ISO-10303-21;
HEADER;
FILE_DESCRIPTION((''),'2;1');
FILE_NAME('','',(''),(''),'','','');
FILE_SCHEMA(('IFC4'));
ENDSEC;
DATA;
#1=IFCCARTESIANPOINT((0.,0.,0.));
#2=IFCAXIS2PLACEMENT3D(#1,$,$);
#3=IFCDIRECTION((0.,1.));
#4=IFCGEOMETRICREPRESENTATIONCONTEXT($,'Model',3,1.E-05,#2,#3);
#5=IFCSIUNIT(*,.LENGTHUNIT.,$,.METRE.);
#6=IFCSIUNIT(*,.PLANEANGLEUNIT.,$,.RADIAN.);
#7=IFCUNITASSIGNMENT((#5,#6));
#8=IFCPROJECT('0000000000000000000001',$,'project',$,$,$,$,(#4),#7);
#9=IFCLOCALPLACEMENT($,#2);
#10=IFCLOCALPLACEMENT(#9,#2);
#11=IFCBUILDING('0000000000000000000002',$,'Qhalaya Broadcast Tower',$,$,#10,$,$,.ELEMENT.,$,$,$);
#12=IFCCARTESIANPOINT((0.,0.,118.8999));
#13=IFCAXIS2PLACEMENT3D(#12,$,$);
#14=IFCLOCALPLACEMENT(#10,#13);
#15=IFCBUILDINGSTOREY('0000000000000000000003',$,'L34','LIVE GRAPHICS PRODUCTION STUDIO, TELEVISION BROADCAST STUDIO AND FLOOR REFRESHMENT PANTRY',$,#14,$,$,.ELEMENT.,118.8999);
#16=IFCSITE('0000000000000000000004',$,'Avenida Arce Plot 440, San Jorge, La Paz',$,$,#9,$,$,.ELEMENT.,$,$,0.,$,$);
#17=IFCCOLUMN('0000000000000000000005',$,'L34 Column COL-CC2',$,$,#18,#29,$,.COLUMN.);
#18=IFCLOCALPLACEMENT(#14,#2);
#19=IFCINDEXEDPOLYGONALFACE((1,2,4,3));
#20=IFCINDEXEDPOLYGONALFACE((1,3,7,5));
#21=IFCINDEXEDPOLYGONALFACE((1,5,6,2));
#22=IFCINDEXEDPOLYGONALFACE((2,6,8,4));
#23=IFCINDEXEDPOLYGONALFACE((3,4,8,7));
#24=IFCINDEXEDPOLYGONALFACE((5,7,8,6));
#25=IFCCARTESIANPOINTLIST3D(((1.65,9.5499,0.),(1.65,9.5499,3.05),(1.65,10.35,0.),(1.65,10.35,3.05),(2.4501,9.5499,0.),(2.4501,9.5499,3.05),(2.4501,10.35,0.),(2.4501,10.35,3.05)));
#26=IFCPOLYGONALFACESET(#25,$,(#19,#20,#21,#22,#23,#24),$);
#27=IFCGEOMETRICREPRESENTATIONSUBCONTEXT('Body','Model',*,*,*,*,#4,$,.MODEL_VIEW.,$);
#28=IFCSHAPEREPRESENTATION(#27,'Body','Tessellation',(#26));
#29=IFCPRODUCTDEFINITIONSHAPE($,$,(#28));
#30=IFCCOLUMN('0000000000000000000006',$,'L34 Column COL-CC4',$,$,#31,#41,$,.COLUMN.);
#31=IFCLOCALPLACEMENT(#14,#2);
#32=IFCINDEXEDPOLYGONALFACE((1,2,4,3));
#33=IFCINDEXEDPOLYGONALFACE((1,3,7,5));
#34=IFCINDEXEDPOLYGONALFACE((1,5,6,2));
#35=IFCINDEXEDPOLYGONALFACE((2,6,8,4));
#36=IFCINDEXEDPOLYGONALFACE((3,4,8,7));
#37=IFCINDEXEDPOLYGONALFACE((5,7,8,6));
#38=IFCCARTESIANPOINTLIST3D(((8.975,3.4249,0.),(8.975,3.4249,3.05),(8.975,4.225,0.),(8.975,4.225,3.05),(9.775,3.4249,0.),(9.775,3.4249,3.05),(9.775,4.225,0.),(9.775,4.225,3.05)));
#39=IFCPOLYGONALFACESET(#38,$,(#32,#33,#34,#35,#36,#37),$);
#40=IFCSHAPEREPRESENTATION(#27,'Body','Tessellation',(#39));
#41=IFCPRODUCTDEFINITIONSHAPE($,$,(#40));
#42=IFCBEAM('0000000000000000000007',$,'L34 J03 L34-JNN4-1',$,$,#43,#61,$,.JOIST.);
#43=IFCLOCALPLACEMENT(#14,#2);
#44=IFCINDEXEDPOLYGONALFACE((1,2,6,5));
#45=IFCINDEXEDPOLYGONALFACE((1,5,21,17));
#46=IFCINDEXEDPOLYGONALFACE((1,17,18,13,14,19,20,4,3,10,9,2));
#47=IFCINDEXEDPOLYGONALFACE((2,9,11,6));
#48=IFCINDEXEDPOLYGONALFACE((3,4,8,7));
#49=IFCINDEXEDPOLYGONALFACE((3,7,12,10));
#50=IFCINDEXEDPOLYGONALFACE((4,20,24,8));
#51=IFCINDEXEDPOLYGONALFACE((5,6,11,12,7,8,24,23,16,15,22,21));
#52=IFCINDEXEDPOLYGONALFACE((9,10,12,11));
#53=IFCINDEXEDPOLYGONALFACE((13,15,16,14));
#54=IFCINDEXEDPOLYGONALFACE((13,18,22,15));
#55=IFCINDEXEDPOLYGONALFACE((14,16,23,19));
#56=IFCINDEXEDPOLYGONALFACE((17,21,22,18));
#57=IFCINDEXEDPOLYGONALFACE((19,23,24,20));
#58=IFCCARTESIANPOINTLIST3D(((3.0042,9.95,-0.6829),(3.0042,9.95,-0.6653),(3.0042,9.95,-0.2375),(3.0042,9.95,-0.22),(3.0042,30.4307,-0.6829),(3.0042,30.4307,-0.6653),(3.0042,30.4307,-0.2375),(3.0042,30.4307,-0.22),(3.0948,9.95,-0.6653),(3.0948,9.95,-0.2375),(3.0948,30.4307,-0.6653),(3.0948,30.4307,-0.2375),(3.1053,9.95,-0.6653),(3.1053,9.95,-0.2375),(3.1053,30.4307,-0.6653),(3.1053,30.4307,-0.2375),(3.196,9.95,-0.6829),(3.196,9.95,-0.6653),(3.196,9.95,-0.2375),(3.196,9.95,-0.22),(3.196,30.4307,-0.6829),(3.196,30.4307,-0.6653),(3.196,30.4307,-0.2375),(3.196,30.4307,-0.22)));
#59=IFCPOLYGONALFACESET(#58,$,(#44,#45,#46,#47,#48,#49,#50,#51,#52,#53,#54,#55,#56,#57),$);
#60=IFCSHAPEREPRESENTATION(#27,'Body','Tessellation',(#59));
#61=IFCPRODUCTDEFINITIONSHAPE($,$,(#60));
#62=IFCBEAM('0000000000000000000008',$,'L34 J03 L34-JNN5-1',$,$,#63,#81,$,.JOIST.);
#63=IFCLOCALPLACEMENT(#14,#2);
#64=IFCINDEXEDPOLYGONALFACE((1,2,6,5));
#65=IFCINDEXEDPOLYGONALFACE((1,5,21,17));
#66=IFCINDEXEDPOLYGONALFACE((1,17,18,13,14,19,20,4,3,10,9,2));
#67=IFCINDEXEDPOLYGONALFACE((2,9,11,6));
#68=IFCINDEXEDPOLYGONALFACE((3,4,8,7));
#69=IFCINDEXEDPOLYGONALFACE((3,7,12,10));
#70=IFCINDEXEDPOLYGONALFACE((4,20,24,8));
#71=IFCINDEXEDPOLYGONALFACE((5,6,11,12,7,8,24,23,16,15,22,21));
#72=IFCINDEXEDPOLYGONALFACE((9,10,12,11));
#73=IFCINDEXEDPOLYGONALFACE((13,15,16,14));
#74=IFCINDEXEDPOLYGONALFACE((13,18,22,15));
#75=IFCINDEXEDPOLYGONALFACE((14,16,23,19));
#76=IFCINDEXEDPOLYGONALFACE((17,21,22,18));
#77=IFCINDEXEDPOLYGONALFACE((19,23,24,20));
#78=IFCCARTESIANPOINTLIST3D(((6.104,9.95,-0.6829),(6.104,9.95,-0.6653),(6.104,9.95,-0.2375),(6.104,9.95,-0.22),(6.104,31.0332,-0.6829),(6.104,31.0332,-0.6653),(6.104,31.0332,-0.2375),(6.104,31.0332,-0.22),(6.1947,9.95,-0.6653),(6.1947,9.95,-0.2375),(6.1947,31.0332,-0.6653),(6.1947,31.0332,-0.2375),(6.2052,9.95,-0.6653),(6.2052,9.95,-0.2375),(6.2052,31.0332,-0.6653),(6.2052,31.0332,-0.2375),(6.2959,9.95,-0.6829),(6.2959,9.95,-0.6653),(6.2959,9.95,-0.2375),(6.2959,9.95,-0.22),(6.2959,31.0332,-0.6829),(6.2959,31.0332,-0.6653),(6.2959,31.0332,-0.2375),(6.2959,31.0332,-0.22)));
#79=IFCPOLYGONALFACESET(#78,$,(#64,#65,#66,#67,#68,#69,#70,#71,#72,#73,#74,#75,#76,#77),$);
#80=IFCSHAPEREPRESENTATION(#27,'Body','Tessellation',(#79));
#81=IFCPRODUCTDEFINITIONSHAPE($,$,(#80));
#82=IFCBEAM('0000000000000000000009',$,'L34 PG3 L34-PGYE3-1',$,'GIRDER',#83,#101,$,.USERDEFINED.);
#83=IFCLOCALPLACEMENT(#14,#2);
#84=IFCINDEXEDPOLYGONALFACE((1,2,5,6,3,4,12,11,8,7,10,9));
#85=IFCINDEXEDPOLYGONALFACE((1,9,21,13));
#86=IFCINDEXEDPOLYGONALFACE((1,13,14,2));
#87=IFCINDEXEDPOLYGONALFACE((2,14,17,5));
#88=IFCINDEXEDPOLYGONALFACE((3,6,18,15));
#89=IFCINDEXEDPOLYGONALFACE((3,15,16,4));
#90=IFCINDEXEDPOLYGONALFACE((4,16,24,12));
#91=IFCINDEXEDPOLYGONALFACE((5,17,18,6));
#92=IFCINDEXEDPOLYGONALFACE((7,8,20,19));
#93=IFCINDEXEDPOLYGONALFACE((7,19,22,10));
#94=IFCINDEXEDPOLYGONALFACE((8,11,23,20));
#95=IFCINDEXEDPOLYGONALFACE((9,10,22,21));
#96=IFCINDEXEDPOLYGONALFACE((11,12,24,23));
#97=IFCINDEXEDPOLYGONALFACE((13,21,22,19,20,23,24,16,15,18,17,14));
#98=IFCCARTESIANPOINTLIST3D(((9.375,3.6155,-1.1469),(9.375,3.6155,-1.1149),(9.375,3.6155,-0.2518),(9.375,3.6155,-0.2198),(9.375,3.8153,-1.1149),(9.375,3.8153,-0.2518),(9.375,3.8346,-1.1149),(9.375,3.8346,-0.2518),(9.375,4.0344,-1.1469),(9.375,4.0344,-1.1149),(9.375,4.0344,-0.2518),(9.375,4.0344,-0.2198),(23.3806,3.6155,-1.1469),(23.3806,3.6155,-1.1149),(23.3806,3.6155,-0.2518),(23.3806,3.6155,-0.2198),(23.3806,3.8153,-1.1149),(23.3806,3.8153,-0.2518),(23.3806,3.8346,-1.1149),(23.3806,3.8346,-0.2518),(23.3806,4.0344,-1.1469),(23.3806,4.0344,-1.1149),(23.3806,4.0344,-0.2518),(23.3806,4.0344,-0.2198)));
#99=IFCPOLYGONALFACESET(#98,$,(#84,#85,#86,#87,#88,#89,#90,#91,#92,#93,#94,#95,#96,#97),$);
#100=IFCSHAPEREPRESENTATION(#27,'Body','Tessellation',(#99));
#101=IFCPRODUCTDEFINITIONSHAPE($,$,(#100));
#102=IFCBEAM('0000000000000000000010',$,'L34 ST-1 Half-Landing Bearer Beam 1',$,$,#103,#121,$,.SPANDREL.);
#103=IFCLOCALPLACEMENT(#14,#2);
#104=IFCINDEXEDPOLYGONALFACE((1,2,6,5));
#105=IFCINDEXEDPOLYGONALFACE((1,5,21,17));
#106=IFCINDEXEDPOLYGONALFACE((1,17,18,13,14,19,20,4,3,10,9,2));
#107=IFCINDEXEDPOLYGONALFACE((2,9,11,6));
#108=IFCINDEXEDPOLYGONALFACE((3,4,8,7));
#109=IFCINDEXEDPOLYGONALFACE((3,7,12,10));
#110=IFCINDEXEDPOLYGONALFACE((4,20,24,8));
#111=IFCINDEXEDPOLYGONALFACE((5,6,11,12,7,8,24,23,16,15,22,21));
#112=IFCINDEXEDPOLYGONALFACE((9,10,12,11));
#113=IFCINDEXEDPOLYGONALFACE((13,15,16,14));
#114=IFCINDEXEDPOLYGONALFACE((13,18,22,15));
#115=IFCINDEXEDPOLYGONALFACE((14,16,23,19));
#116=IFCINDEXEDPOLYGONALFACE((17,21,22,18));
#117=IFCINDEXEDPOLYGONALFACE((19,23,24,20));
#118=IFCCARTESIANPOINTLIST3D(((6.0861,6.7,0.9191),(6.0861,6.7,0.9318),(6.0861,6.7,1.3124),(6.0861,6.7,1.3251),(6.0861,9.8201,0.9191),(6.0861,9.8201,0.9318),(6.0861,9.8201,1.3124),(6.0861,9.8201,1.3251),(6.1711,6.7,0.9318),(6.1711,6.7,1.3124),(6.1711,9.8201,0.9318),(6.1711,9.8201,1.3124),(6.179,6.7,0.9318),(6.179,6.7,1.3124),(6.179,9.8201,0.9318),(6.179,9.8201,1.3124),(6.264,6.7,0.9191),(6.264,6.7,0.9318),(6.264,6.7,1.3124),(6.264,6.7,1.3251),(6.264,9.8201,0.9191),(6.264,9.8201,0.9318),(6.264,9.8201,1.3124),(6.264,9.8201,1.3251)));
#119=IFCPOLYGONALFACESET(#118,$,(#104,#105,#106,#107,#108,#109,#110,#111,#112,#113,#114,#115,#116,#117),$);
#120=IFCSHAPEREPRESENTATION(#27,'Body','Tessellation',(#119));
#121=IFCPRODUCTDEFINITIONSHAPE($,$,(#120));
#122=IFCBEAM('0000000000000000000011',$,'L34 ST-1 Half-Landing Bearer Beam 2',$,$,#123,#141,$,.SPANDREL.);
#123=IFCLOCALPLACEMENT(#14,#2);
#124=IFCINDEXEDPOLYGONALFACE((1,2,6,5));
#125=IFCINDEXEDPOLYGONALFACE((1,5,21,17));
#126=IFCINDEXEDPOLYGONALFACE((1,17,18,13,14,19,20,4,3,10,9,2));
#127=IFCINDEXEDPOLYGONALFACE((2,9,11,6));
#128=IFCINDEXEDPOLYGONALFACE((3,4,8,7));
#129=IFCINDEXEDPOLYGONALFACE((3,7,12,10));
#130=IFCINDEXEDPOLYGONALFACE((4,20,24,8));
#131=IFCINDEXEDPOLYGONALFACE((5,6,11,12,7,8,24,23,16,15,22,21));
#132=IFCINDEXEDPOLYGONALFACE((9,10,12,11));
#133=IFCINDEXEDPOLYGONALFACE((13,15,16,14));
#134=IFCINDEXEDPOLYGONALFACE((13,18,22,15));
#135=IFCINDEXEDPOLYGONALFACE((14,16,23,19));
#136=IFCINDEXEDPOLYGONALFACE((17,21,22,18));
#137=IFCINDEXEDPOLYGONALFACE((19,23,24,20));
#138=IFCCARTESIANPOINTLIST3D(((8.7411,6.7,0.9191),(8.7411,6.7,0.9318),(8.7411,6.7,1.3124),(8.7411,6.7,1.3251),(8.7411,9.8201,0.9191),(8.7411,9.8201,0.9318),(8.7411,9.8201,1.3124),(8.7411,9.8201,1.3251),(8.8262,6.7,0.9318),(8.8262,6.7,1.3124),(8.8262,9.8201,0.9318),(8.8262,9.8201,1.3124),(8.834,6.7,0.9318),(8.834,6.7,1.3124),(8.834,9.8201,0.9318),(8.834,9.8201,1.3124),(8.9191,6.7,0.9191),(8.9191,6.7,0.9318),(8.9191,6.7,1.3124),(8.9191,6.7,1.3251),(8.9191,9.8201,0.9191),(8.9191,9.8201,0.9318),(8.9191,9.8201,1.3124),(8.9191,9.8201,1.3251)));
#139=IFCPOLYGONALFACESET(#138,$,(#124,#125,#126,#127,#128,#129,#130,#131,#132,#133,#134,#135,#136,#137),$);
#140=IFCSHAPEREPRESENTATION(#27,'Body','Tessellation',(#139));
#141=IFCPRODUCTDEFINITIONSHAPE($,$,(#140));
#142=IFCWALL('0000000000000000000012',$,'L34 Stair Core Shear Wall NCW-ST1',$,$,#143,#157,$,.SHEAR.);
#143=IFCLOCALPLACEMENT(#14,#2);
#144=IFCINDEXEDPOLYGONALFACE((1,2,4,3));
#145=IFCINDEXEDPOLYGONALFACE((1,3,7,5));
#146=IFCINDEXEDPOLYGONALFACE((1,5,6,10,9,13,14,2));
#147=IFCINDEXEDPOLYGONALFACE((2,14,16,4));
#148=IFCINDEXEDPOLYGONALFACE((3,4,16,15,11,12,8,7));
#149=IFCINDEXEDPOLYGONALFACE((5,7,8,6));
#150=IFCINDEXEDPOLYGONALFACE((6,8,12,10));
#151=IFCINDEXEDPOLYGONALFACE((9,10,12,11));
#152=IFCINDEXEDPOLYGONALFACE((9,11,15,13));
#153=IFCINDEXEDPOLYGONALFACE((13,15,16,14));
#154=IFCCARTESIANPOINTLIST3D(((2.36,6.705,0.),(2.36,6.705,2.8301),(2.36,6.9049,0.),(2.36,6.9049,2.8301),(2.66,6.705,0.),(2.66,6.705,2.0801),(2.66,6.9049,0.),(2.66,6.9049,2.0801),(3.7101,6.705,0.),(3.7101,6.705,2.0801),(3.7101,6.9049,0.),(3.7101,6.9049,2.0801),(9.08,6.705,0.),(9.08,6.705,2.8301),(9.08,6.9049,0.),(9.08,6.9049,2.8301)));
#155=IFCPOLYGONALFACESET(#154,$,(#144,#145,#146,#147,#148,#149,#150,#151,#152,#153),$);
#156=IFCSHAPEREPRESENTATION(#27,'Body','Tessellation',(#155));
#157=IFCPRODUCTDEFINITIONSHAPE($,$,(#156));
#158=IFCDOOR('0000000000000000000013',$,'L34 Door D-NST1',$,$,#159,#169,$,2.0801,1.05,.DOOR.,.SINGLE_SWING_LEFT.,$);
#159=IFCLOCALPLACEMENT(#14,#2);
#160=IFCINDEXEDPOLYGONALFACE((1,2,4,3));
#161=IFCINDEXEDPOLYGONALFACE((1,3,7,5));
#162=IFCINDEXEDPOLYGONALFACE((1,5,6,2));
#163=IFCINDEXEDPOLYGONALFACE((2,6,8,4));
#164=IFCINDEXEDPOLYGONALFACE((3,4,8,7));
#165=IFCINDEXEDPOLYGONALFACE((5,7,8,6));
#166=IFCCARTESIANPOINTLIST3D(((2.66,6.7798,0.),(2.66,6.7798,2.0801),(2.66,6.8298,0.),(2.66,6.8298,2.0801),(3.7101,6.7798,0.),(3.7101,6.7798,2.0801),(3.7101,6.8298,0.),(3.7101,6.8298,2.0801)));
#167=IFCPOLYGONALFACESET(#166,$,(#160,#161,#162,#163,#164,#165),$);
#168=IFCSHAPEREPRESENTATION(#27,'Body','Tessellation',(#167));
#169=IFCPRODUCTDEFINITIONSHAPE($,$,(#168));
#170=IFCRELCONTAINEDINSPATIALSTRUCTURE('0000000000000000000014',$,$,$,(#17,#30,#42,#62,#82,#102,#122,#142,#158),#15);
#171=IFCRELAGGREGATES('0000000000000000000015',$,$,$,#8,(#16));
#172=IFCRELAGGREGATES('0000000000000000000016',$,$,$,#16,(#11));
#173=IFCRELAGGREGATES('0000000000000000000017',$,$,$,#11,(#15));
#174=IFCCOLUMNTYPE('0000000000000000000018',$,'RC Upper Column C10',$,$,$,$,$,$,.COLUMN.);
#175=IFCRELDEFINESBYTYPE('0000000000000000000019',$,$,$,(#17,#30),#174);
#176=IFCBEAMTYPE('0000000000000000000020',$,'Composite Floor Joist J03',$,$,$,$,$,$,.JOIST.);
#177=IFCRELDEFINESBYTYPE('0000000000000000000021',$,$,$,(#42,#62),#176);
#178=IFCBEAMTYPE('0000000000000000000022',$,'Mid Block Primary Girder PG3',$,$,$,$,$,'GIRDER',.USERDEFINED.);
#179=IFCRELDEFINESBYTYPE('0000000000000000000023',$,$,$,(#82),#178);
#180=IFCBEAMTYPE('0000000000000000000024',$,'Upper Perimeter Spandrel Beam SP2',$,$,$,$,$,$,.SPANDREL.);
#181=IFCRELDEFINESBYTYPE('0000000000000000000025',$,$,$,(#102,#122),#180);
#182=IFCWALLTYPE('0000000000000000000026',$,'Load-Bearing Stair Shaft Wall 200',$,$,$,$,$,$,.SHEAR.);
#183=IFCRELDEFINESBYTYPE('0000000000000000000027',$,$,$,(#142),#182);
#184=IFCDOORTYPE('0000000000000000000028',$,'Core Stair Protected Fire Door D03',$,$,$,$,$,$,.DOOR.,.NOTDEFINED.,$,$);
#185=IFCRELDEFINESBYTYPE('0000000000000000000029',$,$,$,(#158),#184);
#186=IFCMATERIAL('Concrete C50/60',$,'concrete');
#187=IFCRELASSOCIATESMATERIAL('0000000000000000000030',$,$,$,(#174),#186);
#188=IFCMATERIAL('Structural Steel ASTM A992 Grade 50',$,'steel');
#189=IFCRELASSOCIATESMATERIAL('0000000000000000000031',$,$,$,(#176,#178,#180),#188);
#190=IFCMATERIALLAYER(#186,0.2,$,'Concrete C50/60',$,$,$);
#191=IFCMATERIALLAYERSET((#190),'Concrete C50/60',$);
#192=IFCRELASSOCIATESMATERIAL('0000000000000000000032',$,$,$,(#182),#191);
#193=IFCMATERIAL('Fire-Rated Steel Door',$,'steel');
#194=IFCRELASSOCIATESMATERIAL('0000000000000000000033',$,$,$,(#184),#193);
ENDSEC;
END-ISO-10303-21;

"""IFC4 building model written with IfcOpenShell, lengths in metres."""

from ifc_helpers import new_model, si_unit, direction, frame, frame_2d, origin, origin_2d, place, context, subcontext, project, spatial, rectangle, i_section, extrude, material, layer, layer_set, material_profile, profile_set, type_object, element, fill, save


model = new_model("IFC4")

# Units and contexts
model_context = context("Model", 3, precision=1e-05, world=origin(), true_north=direction((0.0, 1.0)))
body_context = subcontext(model_context, "Body", "Model", "MODEL_VIEW")
ifc_project = project(units=[si_unit("LENGTHUNIT", "METRE"), si_unit("PLANEANGLEUNIT", "RADIAN")], contexts=[model_context])

# Site, building, storey
site_placement = place(None, origin())
site = spatial("IfcSite", under=ifc_project, at=site_placement, Name="Avenida Arce Plot 440, San Jorge, La Paz", CompositionType="ELEMENT", RefElevation=0.0)
building_placement = place(site_placement, origin())
building = spatial("IfcBuilding", under=site, at=building_placement, Name="Qhalaya Broadcast Tower", CompositionType="ELEMENT")
storey_placement = place(building_placement, frame((0.0, 0.0, 118.8999)))
storey = spatial("IfcBuildingStorey", under=building, at=storey_placement, Name="L34", Description="LIVE GRAPHICS PRODUCTION STUDIO, TELEVISION BROADCAST STUDIO AND FLOOR REFRESHMENT PANTRY", CompositionType="ELEMENT", Elevation=118.8999)

# Columns
ifc_material_1 = material(Name="Concrete C50/60", Category="concrete")
ifc_material_profile_1 = material_profile(ifc_material_1, rectangle(XDim=0.8, YDim=0.8, at=origin_2d()), Name="RC-COL 800x800")
ifc_profile_set_1 = profile_set([ifc_material_profile_1], Name="Concrete C50/60")
column_type = type_object("IfcColumnType", Name="RC Upper Column C10", PredefinedType="COLUMN", material=ifc_profile_set_1)
for number, where, z_axis, x_axis, name in (
    (1, (2.05, 9.95, 0.0), (0.0, 0.0, 1.0), (1.0, 0.0, 0.0), "L34 Column COL-CC2"),
    (2, (9.375, 3.825, 0.0), (0.0, 0.0, 1.0), (1.0, 0.0, 0.0), "L34 Column COL-CC4"),
):
    element("IfcColumn", number, at=place(storey_placement, frame(where, z_axis=z_axis, x_axis=x_axis)), inside=storey, type_object=column_type, Name=name, PredefinedType="COLUMN", context=body_context, shape_type="SweptSolid", body=[
        extrude(rectangle(XDim=0.8, YDim=0.8, at=origin_2d()), origin(), (0.0, 0.0, 1.0), 3.05),
    ])

# Beams
ifc_material_2 = material(Name="Structural Steel ASTM A992 Grade 50", Category="steel")
ifc_material_profile_2 = material_profile(ifc_material_2, i_section(OverallWidth=0.1919, OverallDepth=0.4629, WebThickness=0.0105, FlangeThickness=0.0176, at=origin_2d()), Name="W18X60")
ifc_profile_set_2 = profile_set([ifc_material_profile_2], Name="Structural Steel ASTM A992 Grade 50")
beam_type_1 = type_object("IfcBeamType", Name="Composite Floor Joist J03", PredefinedType="JOIST", material=ifc_profile_set_2)
beam_1_placement = place(storey_placement, frame((3.1001, 9.95, -0.4514), z_axis=(0.0, 1.0, 0.0), x_axis=(-1.0, 0.0, 0.0)))
element("IfcBeam", 3, at=beam_1_placement, inside=storey, type_object=beam_type_1, Name="L34 J03 L34-JNN4-1", PredefinedType="JOIST", context=body_context, shape_type="SweptSolid", body=[
    extrude(i_section(OverallWidth=0.1919, OverallDepth=0.4629, WebThickness=0.0105, FlangeThickness=0.0176, at=origin_2d()), origin(), (0.0, 0.0, 1.0), 20.4807),
])
beam_2_placement = place(storey_placement, frame((6.2, 9.95, -0.4514), z_axis=(0.0, 1.0, 0.0), x_axis=(-1.0, 0.0, 0.0)))
element("IfcBeam", 4, at=beam_2_placement, inside=storey, type_object=beam_type_1, Name="L34 J03 L34-JNN5-1", PredefinedType="JOIST", context=body_context, shape_type="SweptSolid", body=[
    extrude(i_section(OverallWidth=0.1919, OverallDepth=0.4629, WebThickness=0.0105, FlangeThickness=0.0176, at=origin_2d()), origin(), (0.0, 0.0, 1.0), 21.0833),
])
ifc_material_profile_3 = material_profile(ifc_material_2, i_section(OverallWidth=0.4189, OverallDepth=0.927, WebThickness=0.0193, FlangeThickness=0.032, at=origin_2d()), Name="W36X231")
ifc_profile_set_3 = profile_set([ifc_material_profile_3], Name="Structural Steel ASTM A992 Grade 50")
beam_type_2 = type_object("IfcBeamType", Name="Mid Block Primary Girder PG3", ElementType="GIRDER", PredefinedType="USERDEFINED", material=ifc_profile_set_3)
beam_3_placement = place(storey_placement, frame((9.375, 3.825, -0.6833), z_axis=(1.0, 0.0, 0.0), x_axis=(0.0, 1.0, 0.0)))
element("IfcBeam", 5, at=beam_3_placement, inside=storey, type_object=beam_type_2, Name="L34 PG3 L34-PGYE3-1", ObjectType="GIRDER", PredefinedType="USERDEFINED", context=body_context, shape_type="SweptSolid", body=[
    extrude(i_section(OverallWidth=0.4189, OverallDepth=0.927, WebThickness=0.0193, FlangeThickness=0.032, at=origin_2d()), origin(), (0.0, 0.0, 1.0), 14.0056),
])
ifc_material_profile_4 = material_profile(ifc_material_2, i_section(OverallWidth=0.178, OverallDepth=0.406, WebThickness=0.0078, FlangeThickness=0.0127, at=origin_2d()), Name="W16X40")
ifc_profile_set_4 = profile_set([ifc_material_profile_4], Name="Structural Steel ASTM A992 Grade 50")
beam_type_3 = type_object("IfcBeamType", Name="Upper Perimeter Spandrel Beam SP2", PredefinedType="SPANDREL", material=ifc_profile_set_4)
for number, where, z_axis, x_axis, name in (
    (6, (6.175, 6.7, 1.1221), (0.0, 1.0, 0.0), (-1.0, 0.0, 0.0), "L34 ST-1 Half-Landing Bearer Beam 1"),
    (7, (8.8301, 6.7, 1.1221), (0.0, 1.0, 0.0), (-1.0, 0.0, 0.0), "L34 ST-1 Half-Landing Bearer Beam 2"),
):
    element("IfcBeam", number, at=place(storey_placement, frame(where, z_axis=z_axis, x_axis=x_axis)), inside=storey, type_object=beam_type_3, Name=name, PredefinedType="SPANDREL", context=body_context, shape_type="SweptSolid", body=[
        extrude(i_section(OverallWidth=0.178, OverallDepth=0.406, WebThickness=0.0078, FlangeThickness=0.0127, at=origin_2d()), origin(), (0.0, 0.0, 1.0), 3.1201),
    ])

# Wall, opening, door
ifc_layer_1 = layer(ifc_material_1, 0.2, Name="Concrete C50/60")
ifc_layer_set_1 = layer_set([ifc_layer_1], Name="Concrete C50/60")
wall_type_1 = type_object("IfcWallType", Name="Load-Bearing Stair Shaft Wall 200", PredefinedType="SHEAR", material=ifc_layer_set_1)
wall_1_placement = place(storey_placement, frame((2.3601, 6.8049, 0.0), z_axis=(0.0, 0.0, 1.0), x_axis=(1.0, 0.0, 0.0)))
wall_1 = element("IfcWall", 8, at=wall_1_placement, inside=storey, type_object=wall_type_1, Name="L34 Stair Core Shear Wall NCW-ST1", PredefinedType="SHEAR", context=body_context, shape_type="SweptSolid", body=[
    extrude(rectangle(XDim=6.72, YDim=0.2, at=frame_2d((3.3599, 0.0))), origin(), (0.0, 0.0, 1.0), 2.8301),
])
opening_1_placement = place(wall_1_placement, frame((0.3, 0.0, 0.0)))
opening_1 = element("IfcOpeningElement", 9, at=opening_1_placement, cuts=wall_1, PredefinedType="OPENING", context=body_context, shape_type="SweptSolid", body=[
    extrude(rectangle(XDim=1.05, YDim=2.0801, at=frame_2d((0.5249, 1.04))), frame((0.0, 0.1121, 0.0), z_axis=(0.0, -1.0, 0.0), x_axis=(1.0, 0.0, 0.0)), (0.0, 0.0, 1.0), 0.2239),
])
ifc_material_3 = material(Name="Fire-Rated Steel Door", Category="steel")
door_type_1 = type_object("IfcDoorType", Name="Core Stair Protected Fire Door D03", OperationType="NOTDEFINED", PredefinedType="DOOR", material=ifc_material_3)
door_1_placement = place(opening_1_placement, origin())
door_1 = element("IfcDoor", 10, at=door_1_placement, inside=storey, type_object=door_type_1, Name="L34 Door D-NST1", OperationType="SINGLE_SWING_LEFT", OverallHeight=2.0801, OverallWidth=1.05, PredefinedType="DOOR", context=body_context, shape_type="SweptSolid", body=[
    extrude(rectangle(XDim=1.05, YDim=2.0801, at=frame_2d((0.5249, 1.04))), frame((0.0, 0.0249, 0.0), z_axis=(0.0, -1.0, 0.0), x_axis=(1.0, 0.0, 0.0)), (0.0, 0.0, 1.0), 0.05),
])
fill(opening_1, door_1)

save(model, "model.ifc")
